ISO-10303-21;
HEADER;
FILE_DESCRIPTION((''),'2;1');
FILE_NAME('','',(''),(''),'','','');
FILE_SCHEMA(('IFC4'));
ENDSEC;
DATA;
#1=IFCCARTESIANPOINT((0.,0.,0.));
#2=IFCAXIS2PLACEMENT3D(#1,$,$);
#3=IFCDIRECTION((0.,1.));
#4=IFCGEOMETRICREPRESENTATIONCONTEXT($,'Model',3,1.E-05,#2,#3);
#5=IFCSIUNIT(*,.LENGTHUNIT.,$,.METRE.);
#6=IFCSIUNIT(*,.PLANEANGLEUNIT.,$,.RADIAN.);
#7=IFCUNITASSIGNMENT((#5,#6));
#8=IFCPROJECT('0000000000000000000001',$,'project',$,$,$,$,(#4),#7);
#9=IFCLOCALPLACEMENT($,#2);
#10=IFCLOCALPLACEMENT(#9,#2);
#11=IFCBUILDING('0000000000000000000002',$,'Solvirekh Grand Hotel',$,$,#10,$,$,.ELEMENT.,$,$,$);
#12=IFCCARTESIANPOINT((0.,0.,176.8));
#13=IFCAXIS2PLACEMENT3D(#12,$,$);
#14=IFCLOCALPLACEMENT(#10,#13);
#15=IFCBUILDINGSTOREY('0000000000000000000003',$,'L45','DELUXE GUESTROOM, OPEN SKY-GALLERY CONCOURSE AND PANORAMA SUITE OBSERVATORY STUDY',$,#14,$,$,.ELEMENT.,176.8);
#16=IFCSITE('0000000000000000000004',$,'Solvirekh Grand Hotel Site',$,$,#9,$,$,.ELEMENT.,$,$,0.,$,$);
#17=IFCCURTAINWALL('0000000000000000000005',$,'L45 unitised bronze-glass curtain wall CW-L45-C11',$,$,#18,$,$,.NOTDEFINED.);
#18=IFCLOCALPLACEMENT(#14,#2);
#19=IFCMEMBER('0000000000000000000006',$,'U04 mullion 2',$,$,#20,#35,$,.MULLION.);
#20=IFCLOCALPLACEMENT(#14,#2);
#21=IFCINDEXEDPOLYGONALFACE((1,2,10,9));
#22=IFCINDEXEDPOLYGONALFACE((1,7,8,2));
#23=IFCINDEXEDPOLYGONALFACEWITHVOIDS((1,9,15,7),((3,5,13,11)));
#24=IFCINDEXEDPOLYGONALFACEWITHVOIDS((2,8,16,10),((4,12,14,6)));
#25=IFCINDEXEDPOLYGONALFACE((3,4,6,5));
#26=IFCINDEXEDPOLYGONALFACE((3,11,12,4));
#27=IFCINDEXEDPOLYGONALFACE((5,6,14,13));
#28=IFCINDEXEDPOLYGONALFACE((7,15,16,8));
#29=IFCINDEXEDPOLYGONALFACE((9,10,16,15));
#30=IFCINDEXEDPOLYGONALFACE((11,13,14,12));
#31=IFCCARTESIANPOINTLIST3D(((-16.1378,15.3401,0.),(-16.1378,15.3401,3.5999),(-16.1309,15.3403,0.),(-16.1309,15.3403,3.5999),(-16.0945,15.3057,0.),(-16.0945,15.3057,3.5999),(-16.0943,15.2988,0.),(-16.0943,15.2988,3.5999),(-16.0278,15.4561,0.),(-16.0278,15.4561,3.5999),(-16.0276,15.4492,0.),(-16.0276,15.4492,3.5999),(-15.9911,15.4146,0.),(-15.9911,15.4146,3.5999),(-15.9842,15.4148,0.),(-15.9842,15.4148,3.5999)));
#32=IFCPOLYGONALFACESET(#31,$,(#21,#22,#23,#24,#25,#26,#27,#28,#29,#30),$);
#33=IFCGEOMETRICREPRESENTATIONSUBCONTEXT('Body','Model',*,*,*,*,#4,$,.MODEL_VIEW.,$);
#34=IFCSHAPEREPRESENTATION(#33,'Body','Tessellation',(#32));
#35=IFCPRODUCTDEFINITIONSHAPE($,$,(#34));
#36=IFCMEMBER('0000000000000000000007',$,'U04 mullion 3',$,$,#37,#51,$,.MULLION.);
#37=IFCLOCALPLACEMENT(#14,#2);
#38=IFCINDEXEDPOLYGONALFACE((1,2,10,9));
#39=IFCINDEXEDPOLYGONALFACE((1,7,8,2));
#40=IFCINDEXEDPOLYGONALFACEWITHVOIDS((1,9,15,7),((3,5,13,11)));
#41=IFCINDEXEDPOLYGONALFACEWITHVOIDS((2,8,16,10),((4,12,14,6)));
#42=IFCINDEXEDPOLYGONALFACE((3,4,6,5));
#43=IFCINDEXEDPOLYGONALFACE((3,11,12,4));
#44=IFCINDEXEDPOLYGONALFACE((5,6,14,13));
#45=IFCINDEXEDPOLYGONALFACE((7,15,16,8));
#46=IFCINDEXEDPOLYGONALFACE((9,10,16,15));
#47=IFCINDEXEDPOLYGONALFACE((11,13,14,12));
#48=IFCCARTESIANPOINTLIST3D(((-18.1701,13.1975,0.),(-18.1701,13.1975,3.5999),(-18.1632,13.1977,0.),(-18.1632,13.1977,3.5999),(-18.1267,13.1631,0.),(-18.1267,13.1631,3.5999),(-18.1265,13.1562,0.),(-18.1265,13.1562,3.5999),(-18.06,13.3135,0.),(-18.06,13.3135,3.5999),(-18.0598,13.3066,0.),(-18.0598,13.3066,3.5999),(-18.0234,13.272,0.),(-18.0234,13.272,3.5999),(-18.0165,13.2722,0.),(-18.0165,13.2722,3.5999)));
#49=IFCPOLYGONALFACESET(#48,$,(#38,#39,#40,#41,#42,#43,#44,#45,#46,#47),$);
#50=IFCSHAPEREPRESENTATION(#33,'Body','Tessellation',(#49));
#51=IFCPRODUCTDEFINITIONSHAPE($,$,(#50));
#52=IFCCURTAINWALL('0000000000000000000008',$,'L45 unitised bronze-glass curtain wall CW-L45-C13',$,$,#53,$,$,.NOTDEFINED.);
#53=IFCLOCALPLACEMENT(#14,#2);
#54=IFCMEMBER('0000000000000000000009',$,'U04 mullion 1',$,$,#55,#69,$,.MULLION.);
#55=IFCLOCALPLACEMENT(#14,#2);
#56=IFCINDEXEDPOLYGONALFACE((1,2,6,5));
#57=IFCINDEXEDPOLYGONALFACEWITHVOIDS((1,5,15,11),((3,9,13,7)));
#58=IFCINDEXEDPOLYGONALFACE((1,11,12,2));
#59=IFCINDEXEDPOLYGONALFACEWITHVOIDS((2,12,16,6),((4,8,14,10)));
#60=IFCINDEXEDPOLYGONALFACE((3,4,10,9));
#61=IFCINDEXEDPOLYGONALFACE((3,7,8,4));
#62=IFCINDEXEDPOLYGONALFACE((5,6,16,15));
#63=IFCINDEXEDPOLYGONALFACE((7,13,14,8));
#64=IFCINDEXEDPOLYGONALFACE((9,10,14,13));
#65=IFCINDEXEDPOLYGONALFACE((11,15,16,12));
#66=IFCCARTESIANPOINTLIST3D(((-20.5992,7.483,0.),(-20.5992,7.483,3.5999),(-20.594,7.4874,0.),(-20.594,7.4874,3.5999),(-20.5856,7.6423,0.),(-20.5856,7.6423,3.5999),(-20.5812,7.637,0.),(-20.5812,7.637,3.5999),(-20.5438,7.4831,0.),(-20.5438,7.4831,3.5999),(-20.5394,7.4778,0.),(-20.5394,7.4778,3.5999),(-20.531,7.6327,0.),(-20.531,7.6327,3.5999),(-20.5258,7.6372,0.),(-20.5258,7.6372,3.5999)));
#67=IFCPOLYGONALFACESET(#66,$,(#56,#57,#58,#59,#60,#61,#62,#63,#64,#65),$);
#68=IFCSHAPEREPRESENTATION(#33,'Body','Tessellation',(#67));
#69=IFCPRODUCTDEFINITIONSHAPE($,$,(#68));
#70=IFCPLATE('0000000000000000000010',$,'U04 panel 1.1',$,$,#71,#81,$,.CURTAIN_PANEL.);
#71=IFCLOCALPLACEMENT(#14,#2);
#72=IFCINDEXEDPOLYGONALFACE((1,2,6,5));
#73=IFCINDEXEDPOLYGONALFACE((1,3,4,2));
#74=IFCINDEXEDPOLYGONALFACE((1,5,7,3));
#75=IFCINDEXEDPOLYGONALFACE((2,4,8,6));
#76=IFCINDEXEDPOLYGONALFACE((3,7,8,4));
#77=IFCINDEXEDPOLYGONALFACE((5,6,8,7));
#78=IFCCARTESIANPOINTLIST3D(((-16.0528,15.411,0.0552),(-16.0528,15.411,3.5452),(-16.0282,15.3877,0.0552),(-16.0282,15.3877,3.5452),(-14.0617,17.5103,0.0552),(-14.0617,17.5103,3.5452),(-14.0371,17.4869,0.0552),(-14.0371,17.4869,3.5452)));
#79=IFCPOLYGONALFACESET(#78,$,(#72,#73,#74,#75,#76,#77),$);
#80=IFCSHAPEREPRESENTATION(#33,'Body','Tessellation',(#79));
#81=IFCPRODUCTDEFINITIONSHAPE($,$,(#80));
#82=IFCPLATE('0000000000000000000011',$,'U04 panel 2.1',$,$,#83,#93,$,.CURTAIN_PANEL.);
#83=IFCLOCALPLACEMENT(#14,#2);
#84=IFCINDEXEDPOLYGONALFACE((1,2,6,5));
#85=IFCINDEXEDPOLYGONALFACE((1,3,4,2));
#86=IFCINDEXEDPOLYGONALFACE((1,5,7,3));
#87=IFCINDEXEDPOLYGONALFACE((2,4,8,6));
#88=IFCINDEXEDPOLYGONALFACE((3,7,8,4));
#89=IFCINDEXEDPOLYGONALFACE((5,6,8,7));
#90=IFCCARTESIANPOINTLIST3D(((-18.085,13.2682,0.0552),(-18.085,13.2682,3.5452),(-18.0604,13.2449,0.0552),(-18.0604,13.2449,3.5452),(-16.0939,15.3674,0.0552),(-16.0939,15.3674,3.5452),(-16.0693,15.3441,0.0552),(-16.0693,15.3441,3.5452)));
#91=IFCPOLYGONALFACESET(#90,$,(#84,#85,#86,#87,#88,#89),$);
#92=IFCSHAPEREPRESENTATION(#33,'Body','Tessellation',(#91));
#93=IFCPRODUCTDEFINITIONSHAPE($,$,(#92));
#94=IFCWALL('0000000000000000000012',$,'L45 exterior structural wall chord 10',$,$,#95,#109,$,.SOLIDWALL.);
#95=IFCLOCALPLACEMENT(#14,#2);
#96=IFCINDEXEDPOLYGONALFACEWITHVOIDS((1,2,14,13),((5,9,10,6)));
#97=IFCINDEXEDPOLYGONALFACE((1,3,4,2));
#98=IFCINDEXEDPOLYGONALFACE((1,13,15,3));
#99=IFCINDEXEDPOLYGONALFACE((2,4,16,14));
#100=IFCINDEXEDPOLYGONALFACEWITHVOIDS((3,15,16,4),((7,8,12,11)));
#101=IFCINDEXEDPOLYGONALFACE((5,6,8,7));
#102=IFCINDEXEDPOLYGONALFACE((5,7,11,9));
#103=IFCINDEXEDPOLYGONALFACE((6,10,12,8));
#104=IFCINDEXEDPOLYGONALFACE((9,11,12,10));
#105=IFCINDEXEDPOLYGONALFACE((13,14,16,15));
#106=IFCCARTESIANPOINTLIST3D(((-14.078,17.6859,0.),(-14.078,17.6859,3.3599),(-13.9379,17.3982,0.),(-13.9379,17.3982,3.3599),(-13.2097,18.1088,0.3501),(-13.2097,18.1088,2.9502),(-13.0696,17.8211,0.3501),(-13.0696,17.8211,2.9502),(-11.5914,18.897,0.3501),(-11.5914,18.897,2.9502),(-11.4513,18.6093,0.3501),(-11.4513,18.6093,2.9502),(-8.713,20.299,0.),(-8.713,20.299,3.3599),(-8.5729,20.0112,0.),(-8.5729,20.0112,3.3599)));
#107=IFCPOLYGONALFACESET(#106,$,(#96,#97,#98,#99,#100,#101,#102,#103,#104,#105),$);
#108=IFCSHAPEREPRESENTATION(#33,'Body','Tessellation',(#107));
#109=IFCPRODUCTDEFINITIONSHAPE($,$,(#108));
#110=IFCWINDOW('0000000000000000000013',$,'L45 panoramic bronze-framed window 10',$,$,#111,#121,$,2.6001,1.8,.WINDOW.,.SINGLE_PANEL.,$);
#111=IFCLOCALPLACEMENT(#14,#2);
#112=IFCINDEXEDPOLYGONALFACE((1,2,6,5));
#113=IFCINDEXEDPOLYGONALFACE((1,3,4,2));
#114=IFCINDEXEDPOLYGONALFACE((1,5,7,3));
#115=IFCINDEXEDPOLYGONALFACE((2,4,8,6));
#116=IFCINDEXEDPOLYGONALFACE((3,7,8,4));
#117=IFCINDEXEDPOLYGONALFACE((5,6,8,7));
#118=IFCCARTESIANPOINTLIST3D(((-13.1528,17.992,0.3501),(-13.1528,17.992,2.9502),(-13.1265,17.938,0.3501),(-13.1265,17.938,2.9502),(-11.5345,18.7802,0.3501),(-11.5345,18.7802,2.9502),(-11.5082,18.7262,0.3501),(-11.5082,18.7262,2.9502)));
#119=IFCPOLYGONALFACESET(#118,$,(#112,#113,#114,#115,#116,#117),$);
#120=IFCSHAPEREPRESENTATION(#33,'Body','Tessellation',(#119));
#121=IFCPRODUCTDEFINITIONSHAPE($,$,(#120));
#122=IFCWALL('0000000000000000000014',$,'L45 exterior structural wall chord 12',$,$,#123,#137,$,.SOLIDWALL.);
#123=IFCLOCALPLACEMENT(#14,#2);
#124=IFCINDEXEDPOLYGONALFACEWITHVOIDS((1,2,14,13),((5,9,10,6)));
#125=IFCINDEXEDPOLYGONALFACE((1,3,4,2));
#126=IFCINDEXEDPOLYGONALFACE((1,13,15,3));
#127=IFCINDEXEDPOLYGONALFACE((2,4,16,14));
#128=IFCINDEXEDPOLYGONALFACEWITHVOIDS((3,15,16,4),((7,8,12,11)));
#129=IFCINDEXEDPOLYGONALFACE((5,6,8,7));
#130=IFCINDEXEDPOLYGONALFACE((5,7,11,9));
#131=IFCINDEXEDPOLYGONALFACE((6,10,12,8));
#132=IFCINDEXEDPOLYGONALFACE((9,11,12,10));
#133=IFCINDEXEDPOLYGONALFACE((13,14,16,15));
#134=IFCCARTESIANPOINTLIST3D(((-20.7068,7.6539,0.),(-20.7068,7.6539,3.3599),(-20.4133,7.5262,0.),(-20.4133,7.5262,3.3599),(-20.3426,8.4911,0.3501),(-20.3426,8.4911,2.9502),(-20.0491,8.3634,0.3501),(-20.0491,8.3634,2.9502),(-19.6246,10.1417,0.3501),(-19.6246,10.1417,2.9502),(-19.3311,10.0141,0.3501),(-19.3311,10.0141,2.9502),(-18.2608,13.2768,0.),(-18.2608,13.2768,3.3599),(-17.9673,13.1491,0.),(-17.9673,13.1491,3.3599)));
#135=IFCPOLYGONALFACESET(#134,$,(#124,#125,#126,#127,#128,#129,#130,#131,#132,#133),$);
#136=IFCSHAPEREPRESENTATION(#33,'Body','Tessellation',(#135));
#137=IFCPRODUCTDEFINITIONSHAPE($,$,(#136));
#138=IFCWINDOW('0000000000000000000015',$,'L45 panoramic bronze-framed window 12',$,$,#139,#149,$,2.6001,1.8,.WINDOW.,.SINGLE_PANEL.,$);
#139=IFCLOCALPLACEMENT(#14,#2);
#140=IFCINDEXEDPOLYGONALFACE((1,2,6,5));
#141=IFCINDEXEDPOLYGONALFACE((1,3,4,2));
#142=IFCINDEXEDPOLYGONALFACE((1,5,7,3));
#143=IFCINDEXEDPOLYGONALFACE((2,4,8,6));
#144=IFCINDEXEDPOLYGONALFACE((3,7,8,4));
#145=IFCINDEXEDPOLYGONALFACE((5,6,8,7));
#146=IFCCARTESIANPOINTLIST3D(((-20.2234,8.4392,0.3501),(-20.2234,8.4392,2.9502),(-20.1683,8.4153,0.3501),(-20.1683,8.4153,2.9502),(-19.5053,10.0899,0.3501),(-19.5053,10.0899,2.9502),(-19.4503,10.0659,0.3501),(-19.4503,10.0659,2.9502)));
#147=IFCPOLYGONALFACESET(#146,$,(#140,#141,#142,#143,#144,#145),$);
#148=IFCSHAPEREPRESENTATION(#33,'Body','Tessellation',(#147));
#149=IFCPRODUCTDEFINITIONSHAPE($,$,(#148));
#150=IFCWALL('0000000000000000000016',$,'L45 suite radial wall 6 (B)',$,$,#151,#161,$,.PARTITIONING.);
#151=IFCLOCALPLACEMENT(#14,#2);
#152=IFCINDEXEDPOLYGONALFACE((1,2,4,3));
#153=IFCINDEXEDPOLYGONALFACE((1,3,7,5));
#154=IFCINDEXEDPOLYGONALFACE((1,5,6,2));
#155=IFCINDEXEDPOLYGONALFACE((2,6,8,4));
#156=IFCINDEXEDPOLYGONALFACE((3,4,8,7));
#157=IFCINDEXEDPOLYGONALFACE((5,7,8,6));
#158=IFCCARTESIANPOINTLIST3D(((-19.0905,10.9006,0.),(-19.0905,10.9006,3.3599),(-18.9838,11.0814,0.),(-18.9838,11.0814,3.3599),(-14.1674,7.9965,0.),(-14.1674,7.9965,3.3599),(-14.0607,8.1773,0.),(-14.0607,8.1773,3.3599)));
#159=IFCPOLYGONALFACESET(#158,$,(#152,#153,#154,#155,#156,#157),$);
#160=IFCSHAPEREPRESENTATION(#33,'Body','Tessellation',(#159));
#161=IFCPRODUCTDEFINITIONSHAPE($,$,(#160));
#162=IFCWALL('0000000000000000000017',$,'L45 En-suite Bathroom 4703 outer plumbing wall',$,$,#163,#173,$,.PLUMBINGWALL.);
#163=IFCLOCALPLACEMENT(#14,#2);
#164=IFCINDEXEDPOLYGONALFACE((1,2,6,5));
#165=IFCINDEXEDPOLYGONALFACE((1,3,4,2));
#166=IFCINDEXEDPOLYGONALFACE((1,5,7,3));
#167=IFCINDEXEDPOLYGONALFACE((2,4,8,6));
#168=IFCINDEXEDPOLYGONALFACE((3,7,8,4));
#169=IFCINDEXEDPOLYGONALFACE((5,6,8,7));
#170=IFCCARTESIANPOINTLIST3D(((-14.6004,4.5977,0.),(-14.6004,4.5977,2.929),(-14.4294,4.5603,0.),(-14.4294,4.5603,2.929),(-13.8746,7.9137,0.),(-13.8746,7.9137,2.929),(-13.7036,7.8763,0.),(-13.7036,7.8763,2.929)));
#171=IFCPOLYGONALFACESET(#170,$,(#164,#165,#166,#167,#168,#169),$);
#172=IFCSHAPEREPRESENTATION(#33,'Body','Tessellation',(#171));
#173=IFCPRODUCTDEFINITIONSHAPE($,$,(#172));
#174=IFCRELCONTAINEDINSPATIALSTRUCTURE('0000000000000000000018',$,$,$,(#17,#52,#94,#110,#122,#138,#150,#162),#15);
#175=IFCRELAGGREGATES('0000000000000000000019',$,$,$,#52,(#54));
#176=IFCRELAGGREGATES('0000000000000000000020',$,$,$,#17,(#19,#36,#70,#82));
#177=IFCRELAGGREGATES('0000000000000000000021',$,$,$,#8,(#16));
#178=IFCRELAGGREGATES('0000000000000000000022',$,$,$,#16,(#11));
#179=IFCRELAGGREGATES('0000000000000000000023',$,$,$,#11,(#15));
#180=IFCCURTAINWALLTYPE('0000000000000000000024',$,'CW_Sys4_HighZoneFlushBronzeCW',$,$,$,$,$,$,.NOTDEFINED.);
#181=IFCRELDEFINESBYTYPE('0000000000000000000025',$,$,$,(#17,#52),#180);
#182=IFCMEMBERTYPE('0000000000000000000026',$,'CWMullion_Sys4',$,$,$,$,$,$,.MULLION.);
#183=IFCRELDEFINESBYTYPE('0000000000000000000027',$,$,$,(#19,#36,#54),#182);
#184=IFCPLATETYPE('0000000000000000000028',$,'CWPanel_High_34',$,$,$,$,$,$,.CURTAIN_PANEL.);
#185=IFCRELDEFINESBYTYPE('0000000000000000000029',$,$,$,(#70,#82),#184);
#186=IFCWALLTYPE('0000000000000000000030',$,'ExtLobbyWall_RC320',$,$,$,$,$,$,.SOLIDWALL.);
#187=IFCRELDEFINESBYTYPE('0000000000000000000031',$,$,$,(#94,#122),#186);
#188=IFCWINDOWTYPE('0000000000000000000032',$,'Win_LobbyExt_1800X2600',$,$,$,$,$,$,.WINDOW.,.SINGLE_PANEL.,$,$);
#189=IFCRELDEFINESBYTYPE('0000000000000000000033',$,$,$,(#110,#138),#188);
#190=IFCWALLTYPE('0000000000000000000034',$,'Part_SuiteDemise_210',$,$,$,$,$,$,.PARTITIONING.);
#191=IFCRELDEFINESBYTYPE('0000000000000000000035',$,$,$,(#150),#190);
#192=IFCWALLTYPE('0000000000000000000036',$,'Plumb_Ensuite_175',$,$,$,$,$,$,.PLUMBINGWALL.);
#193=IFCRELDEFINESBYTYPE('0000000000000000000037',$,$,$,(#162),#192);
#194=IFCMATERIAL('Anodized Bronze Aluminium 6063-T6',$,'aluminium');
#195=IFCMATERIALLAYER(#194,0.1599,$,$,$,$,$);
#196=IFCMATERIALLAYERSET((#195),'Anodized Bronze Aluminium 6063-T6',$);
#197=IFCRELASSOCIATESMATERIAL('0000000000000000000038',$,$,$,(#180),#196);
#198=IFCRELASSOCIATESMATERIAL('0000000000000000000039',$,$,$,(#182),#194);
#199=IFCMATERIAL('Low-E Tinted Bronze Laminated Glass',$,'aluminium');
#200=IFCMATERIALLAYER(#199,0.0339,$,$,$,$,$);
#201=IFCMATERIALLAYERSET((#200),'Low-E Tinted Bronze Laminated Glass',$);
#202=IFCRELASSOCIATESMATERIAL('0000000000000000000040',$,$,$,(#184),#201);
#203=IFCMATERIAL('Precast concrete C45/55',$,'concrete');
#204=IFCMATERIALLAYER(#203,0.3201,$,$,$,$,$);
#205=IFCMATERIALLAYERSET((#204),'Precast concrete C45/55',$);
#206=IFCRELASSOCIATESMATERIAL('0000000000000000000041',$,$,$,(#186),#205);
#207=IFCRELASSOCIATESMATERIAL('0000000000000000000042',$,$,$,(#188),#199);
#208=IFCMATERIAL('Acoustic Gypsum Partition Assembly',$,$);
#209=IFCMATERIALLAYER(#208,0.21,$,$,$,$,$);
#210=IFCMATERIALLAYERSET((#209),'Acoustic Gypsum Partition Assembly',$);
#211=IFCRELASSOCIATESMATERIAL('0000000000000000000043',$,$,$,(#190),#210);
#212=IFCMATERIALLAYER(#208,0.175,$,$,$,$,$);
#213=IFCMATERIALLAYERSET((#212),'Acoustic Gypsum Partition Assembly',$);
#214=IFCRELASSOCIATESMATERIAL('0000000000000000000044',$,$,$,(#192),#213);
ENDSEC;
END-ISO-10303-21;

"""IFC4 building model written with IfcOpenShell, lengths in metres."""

from ifc_helpers import new_model, si_unit, direction, frame, frame_2d, origin, origin_2d, place, context, subcontext, project, spatial, rectangle, hollow_rectangle, extrude, source, transform, mapped, material, layer, layer_set, material_profile, profile_set, type_object, element, fill, aggregate, save


model = new_model("IFC4")

# Units and contexts
model_context = context("Model", 3, precision=1e-05, world=origin(), true_north=direction((0.0, 1.0)))
body_context = subcontext(model_context, "Body", "Model", "MODEL_VIEW")
ifc_project = project(units=[si_unit("LENGTHUNIT", "METRE"), si_unit("PLANEANGLEUNIT", "RADIAN")], contexts=[model_context])

# Site, building, storey
site_placement = place(None, origin())
site = spatial("IfcSite", under=ifc_project, at=site_placement, Name="Solvirekh Grand Hotel Site", CompositionType="ELEMENT", RefElevation=0.0)
building_placement = place(site_placement, origin())
building = spatial("IfcBuilding", under=site, at=building_placement, Name="Solvirekh Grand Hotel", CompositionType="ELEMENT")
storey_placement = place(building_placement, frame((0.0, 0.0, 176.8)))
storey = spatial("IfcBuildingStorey", under=building, at=storey_placement, Name="L45", Description="DELUXE GUESTROOM, OPEN SKY-GALLERY CONCOURSE AND PANORAMA SUITE OBSERVATORY STUDY", CompositionType="ELEMENT", Elevation=176.8)

# Curtain wall, members
ifc_material_1 = material(Name="Anodized Bronze Aluminium 6063-T6", Category="aluminium")
ifc_layer_1 = layer(ifc_material_1, 0.1599)
ifc_layer_set_1 = layer_set([ifc_layer_1], Name="Anodized Bronze Aluminium 6063-T6")
curtain_wall_type = type_object("IfcCurtainWallType", Name="CW_Sys4_HighZoneFlushBronzeCW", PredefinedType="NOTDEFINED", material=ifc_layer_set_1)
curtain_wall_1_placement = place(storey_placement, origin())
curtain_wall_1 = element("IfcCurtainWall", 1, at=curtain_wall_1_placement, inside=storey, type_object=curtain_wall_type, Name="L45 unitised bronze-glass curtain wall CW-L45-C11", PredefinedType="NOTDEFINED")
ifc_material_profile_1 = material_profile(ifc_material_1, hollow_rectangle(XDim=0.0601, YDim=0.1599, WallThickness=0.0049, at=origin_2d()), Name="ALU RHS 160X60X5")
ifc_profile_set_1 = profile_set([ifc_material_profile_1], Name="Anodized Bronze Aluminium 6063-T6")
member_type_1 = type_object("IfcMemberType", Name="CWMullion_Sys4", PredefinedType="MULLION", material=ifc_profile_set_1)
shared_shape_1 = source(origin(), body_context, "Body", "SweptSolid", [
    extrude(hollow_rectangle(XDim=0.0601, YDim=0.1599, WallThickness=0.0049, at=origin_2d()), origin(), (0.0, 0.0, 1.0), 3.5999),
])
member_1_placement = place(storey_placement, frame((-16.061, 15.3774, 0.0), z_axis=(0.0, 0.0, 1.0), x_axis=(0.725547, -0.688172, 0.0)))
member_1 = element("IfcMember", 2, at=member_1_placement, type_object=member_type_1, Name="U04 mullion 2", PredefinedType="MULLION", context=body_context, shape_type="MappedRepresentation", body=[
    mapped(shared_shape_1, transform((0.0, 0.0, 0.0), x_axis=(1.0, 0.0, 0.0), y_axis=(0.0, 1.0, 0.0), z_axis=(0.0, 0.0, 1.0), scale=1.0)),
])
member_2_placement = place(storey_placement, frame((-18.0933, 13.2349, 0.0), z_axis=(0.0, 0.0, 1.0), x_axis=(0.725547, -0.688172, 0.0)))
member_2 = element("IfcMember", 3, at=member_2_placement, type_object=member_type_1, Name="U04 mullion 3", PredefinedType="MULLION", context=body_context, shape_type="MappedRepresentation", body=[
    mapped(shared_shape_1, transform((0.0, 0.0, 0.0), x_axis=(1.0, 0.0, 0.0), y_axis=(0.0, 1.0, 0.0), z_axis=(0.0, 0.0, 1.0), scale=1.0)),
])

# Curtain wall, member
curtain_wall_2_placement = place(storey_placement, origin())
curtain_wall_2 = element("IfcCurtainWall", 4, at=curtain_wall_2_placement, inside=storey, type_object=curtain_wall_type, Name="L45 unitised bronze-glass curtain wall CW-L45-C13", PredefinedType="NOTDEFINED")
member_3_placement = place(storey_placement, frame((-20.5625, 7.5601, 0.0), z_axis=(0.0, 0.0, 1.0), x_axis=(0.996355, -0.085299, 0.0)))
member_3 = element("IfcMember", 5, at=member_3_placement, type_object=member_type_1, Name="U04 mullion 1", PredefinedType="MULLION", context=body_context, shape_type="MappedRepresentation", body=[
    mapped(shared_shape_1, transform((0.0, 0.0, 0.0), x_axis=(1.0, 0.0, 0.0), y_axis=(0.0, 1.0, 0.0), z_axis=(0.0, 0.0, 1.0), scale=1.0)),
])
aggregate(curtain_wall_2, [member_3])

# Plates
ifc_material_2 = material(Name="Low-E Tinted Bronze Laminated Glass", Category="aluminium")
ifc_layer_2 = layer(ifc_material_2, 0.0339)
ifc_layer_set_2 = layer_set([ifc_layer_2], Name="Low-E Tinted Bronze Laminated Glass")
plate_type = type_object("IfcPlateType", Name="CWPanel_High_34", PredefinedType="CURTAIN_PANEL", material=ifc_layer_set_2)
shared_shape_2 = source(origin(), body_context, "Body", "SweptSolid", [
    extrude(rectangle(XDim=2.8933, YDim=0.0339, at=origin_2d()), origin(), (0.0, 0.0, 1.0), 3.49),
])
plate_1_placement = place(storey_placement, frame((-15.0449, 16.449, 0.0552), z_axis=(0.0, 0.0, 1.0), x_axis=(-0.688172, -0.725547, 0.0)))
plate_1 = element("IfcPlate", 6, at=plate_1_placement, type_object=plate_type, Name="U04 panel 1.1", PredefinedType="CURTAIN_PANEL", context=body_context, shape_type="MappedRepresentation", body=[
    mapped(shared_shape_2, transform((0.0, 0.0, 0.0), x_axis=(1.0, 0.0, 0.0), y_axis=(0.0, 1.0, 0.0), z_axis=(0.0, 0.0, 1.0), scale=1.0)),
])
plate_2_placement = place(storey_placement, frame((-17.0771, 14.3062, 0.0552), z_axis=(0.0, 0.0, 1.0), x_axis=(-0.688172, -0.725547, 0.0)))
plate_2 = element("IfcPlate", 7, at=plate_2_placement, type_object=plate_type, Name="U04 panel 2.1", PredefinedType="CURTAIN_PANEL", context=body_context, shape_type="MappedRepresentation", body=[
    mapped(shared_shape_2, transform((0.0, 0.0, 0.0), x_axis=(1.0, 0.0, 0.0), y_axis=(0.0, 1.0, 0.0), z_axis=(0.0, 0.0, 1.0), scale=1.0)),
])
aggregate(curtain_wall_1, [member_1, member_2, plate_1, plate_2])

# Walls, openings, windows
ifc_material_3 = material(Name="Precast concrete C45/55", Category="concrete")
ifc_layer_3 = layer(ifc_material_3, 0.3201)
ifc_layer_set_3 = layer_set([ifc_layer_3], Name="Precast concrete C45/55")
wall_type_1 = type_object("IfcWallType", Name="ExtLobbyWall_RC320", PredefinedType="SOLIDWALL", material=ifc_layer_set_3)
wall_1_placement = place(storey_placement, frame((-14.0081, 17.542, 0.0), z_axis=(0.0, 0.0, 1.0), x_axis=(0.899034, 0.437878, 0.0)))
wall_1 = element("IfcWall", 8, at=wall_1_placement, inside=storey, type_object=wall_type_1, Name="L45 exterior structural wall chord 10", PredefinedType="SOLIDWALL", context=body_context, shape_type="SweptSolid", body=[
    extrude(rectangle(XDim=5.9675, YDim=0.3201, at=frame_2d((2.9839, 0.0))), origin(), (0.0, 0.0, 1.0), 3.3599),
])
opening_1_placement = place(wall_1_placement, frame((0.9661, 0.0, 0.3501)))
opening_1 = element("IfcOpeningElement", 9, at=opening_1_placement, cuts=wall_1, PredefinedType="OPENING", context=body_context, shape_type="SweptSolid", body=[
    extrude(rectangle(XDim=1.8, YDim=2.6001, at=frame_2d((0.8999, 1.3))), frame((0.0, 0.1699, 0.0), z_axis=(0.0, -1.0, 0.0), x_axis=(1.0, 0.0, 0.0)), (0.0, 0.0, 1.0), 0.3401),
])
window_type = type_object("IfcWindowType", Name="Win_LobbyExt_1800X2600", PartitioningType="SINGLE_PANEL", PredefinedType="WINDOW", material=ifc_material_2)
window_1_placement = place(opening_1_placement, origin())
window_1 = element("IfcWindow", 10, at=window_1_placement, inside=storey, type_object=window_type, Name="L45 panoramic bronze-framed window 10", OverallHeight=2.6001, OverallWidth=1.8, PartitioningType="SINGLE_PANEL", PredefinedType="WINDOW", context=body_context, shape_type="SweptSolid", body=[
    extrude(rectangle(XDim=1.8, YDim=2.6001, at=frame_2d((0.8999, 1.3))), frame((0.0, 0.03, 0.0), z_axis=(0.0, -1.0, 0.0), x_axis=(1.0, 0.0, 0.0)), (0.0, 0.0, 1.0), 0.0601),
])
fill(opening_1, window_1)
wall_2_placement = place(storey_placement, frame((-20.5601, 7.5901, 0.0), z_axis=(0.0, 0.0, 1.0), x_axis=(0.398911, 0.91699, 0.0)))
wall_2 = element("IfcWall", 11, at=wall_2_placement, inside=storey, type_object=wall_type_1, Name="L45 exterior structural wall chord 12", PredefinedType="SOLIDWALL", context=body_context, shape_type="SweptSolid", body=[
    extrude(rectangle(XDim=6.1318, YDim=0.3201, at=frame_2d((3.0659, 0.0))), origin(), (0.0, 0.0, 1.0), 3.3599),
])
opening_2_placement = place(wall_2_placement, frame((0.9131, 0.0, 0.3501)))
opening_2 = element("IfcOpeningElement", 12, at=opening_2_placement, cuts=wall_2, PredefinedType="OPENING", context=body_context, shape_type="SweptSolid", body=[
    extrude(rectangle(XDim=1.8, YDim=2.6001, at=frame_2d((0.8999, 1.3))), frame((0.0, 0.1699, 0.0), z_axis=(0.0, -1.0, 0.0), x_axis=(1.0, 0.0, 0.0)), (0.0, 0.0, 1.0), 0.3401),
])
window_2_placement = place(opening_2_placement, origin())
window_2 = element("IfcWindow", 13, at=window_2_placement, inside=storey, type_object=window_type, Name="L45 panoramic bronze-framed window 12", OverallHeight=2.6001, OverallWidth=1.8, PartitioningType="SINGLE_PANEL", PredefinedType="WINDOW", context=body_context, shape_type="SweptSolid", body=[
    extrude(rectangle(XDim=1.8, YDim=2.6001, at=frame_2d((0.8999, 1.3))), frame((0.0, 0.03, 0.0), z_axis=(0.0, -1.0, 0.0), x_axis=(1.0, 0.0, 0.0)), (0.0, 0.0, 1.0), 0.0601),
])
fill(opening_2, window_2)

# Walls
ifc_material_4 = material(Name="Acoustic Gypsum Partition Assembly")
ifc_layer_4 = layer(ifc_material_4, 0.21)
ifc_layer_set_4 = layer_set([ifc_layer_4], Name="Acoustic Gypsum Partition Assembly")
wall_type_2 = type_object("IfcWallType", Name="Part_SuiteDemise_210", PredefinedType="PARTITIONING", material=ifc_layer_set_4)
wall_3_placement = place(storey_placement, frame((-14.114, 8.0869, 0.0), z_axis=(0.0, 0.0, 1.0), x_axis=(-0.861313, 0.508074, 0.0)))
element("IfcWall", 14, at=wall_3_placement, inside=storey, type_object=wall_type_2, Name="L45 suite radial wall 6 (B)", PredefinedType="PARTITIONING", context=body_context, shape_type="SweptSolid", body=[
    extrude(rectangle(XDim=5.7158, YDim=0.21, at=frame_2d((2.8579, 0.0))), origin(), (0.0, 0.0, 1.0), 3.3599),
])
ifc_layer_5 = layer(ifc_material_4, 0.175)
ifc_layer_set_5 = layer_set([ifc_layer_5], Name="Acoustic Gypsum Partition Assembly")
wall_type_3 = type_object("IfcWallType", Name="Plumb_Ensuite_175", PredefinedType="PLUMBINGWALL", material=ifc_layer_set_5)
wall_4_placement = place(storey_placement, frame((-13.7891, 7.895, 0.0), z_axis=(0.0, 0.0, 1.0), x_axis=(-0.21383, -0.976871, 0.0)))
element("IfcWall", 15, at=wall_4_placement, inside=storey, type_object=wall_type_3, Name="L45 En-suite Bathroom 4703 outer plumbing wall", PredefinedType="PLUMBINGWALL", context=body_context, shape_type="SweptSolid", body=[
    extrude(rectangle(XDim=3.3945, YDim=0.175, at=frame_2d((1.6973, 0.0))), origin(), (0.0, 0.0, 1.0), 2.929),
])

save(model, "model.ifc")
